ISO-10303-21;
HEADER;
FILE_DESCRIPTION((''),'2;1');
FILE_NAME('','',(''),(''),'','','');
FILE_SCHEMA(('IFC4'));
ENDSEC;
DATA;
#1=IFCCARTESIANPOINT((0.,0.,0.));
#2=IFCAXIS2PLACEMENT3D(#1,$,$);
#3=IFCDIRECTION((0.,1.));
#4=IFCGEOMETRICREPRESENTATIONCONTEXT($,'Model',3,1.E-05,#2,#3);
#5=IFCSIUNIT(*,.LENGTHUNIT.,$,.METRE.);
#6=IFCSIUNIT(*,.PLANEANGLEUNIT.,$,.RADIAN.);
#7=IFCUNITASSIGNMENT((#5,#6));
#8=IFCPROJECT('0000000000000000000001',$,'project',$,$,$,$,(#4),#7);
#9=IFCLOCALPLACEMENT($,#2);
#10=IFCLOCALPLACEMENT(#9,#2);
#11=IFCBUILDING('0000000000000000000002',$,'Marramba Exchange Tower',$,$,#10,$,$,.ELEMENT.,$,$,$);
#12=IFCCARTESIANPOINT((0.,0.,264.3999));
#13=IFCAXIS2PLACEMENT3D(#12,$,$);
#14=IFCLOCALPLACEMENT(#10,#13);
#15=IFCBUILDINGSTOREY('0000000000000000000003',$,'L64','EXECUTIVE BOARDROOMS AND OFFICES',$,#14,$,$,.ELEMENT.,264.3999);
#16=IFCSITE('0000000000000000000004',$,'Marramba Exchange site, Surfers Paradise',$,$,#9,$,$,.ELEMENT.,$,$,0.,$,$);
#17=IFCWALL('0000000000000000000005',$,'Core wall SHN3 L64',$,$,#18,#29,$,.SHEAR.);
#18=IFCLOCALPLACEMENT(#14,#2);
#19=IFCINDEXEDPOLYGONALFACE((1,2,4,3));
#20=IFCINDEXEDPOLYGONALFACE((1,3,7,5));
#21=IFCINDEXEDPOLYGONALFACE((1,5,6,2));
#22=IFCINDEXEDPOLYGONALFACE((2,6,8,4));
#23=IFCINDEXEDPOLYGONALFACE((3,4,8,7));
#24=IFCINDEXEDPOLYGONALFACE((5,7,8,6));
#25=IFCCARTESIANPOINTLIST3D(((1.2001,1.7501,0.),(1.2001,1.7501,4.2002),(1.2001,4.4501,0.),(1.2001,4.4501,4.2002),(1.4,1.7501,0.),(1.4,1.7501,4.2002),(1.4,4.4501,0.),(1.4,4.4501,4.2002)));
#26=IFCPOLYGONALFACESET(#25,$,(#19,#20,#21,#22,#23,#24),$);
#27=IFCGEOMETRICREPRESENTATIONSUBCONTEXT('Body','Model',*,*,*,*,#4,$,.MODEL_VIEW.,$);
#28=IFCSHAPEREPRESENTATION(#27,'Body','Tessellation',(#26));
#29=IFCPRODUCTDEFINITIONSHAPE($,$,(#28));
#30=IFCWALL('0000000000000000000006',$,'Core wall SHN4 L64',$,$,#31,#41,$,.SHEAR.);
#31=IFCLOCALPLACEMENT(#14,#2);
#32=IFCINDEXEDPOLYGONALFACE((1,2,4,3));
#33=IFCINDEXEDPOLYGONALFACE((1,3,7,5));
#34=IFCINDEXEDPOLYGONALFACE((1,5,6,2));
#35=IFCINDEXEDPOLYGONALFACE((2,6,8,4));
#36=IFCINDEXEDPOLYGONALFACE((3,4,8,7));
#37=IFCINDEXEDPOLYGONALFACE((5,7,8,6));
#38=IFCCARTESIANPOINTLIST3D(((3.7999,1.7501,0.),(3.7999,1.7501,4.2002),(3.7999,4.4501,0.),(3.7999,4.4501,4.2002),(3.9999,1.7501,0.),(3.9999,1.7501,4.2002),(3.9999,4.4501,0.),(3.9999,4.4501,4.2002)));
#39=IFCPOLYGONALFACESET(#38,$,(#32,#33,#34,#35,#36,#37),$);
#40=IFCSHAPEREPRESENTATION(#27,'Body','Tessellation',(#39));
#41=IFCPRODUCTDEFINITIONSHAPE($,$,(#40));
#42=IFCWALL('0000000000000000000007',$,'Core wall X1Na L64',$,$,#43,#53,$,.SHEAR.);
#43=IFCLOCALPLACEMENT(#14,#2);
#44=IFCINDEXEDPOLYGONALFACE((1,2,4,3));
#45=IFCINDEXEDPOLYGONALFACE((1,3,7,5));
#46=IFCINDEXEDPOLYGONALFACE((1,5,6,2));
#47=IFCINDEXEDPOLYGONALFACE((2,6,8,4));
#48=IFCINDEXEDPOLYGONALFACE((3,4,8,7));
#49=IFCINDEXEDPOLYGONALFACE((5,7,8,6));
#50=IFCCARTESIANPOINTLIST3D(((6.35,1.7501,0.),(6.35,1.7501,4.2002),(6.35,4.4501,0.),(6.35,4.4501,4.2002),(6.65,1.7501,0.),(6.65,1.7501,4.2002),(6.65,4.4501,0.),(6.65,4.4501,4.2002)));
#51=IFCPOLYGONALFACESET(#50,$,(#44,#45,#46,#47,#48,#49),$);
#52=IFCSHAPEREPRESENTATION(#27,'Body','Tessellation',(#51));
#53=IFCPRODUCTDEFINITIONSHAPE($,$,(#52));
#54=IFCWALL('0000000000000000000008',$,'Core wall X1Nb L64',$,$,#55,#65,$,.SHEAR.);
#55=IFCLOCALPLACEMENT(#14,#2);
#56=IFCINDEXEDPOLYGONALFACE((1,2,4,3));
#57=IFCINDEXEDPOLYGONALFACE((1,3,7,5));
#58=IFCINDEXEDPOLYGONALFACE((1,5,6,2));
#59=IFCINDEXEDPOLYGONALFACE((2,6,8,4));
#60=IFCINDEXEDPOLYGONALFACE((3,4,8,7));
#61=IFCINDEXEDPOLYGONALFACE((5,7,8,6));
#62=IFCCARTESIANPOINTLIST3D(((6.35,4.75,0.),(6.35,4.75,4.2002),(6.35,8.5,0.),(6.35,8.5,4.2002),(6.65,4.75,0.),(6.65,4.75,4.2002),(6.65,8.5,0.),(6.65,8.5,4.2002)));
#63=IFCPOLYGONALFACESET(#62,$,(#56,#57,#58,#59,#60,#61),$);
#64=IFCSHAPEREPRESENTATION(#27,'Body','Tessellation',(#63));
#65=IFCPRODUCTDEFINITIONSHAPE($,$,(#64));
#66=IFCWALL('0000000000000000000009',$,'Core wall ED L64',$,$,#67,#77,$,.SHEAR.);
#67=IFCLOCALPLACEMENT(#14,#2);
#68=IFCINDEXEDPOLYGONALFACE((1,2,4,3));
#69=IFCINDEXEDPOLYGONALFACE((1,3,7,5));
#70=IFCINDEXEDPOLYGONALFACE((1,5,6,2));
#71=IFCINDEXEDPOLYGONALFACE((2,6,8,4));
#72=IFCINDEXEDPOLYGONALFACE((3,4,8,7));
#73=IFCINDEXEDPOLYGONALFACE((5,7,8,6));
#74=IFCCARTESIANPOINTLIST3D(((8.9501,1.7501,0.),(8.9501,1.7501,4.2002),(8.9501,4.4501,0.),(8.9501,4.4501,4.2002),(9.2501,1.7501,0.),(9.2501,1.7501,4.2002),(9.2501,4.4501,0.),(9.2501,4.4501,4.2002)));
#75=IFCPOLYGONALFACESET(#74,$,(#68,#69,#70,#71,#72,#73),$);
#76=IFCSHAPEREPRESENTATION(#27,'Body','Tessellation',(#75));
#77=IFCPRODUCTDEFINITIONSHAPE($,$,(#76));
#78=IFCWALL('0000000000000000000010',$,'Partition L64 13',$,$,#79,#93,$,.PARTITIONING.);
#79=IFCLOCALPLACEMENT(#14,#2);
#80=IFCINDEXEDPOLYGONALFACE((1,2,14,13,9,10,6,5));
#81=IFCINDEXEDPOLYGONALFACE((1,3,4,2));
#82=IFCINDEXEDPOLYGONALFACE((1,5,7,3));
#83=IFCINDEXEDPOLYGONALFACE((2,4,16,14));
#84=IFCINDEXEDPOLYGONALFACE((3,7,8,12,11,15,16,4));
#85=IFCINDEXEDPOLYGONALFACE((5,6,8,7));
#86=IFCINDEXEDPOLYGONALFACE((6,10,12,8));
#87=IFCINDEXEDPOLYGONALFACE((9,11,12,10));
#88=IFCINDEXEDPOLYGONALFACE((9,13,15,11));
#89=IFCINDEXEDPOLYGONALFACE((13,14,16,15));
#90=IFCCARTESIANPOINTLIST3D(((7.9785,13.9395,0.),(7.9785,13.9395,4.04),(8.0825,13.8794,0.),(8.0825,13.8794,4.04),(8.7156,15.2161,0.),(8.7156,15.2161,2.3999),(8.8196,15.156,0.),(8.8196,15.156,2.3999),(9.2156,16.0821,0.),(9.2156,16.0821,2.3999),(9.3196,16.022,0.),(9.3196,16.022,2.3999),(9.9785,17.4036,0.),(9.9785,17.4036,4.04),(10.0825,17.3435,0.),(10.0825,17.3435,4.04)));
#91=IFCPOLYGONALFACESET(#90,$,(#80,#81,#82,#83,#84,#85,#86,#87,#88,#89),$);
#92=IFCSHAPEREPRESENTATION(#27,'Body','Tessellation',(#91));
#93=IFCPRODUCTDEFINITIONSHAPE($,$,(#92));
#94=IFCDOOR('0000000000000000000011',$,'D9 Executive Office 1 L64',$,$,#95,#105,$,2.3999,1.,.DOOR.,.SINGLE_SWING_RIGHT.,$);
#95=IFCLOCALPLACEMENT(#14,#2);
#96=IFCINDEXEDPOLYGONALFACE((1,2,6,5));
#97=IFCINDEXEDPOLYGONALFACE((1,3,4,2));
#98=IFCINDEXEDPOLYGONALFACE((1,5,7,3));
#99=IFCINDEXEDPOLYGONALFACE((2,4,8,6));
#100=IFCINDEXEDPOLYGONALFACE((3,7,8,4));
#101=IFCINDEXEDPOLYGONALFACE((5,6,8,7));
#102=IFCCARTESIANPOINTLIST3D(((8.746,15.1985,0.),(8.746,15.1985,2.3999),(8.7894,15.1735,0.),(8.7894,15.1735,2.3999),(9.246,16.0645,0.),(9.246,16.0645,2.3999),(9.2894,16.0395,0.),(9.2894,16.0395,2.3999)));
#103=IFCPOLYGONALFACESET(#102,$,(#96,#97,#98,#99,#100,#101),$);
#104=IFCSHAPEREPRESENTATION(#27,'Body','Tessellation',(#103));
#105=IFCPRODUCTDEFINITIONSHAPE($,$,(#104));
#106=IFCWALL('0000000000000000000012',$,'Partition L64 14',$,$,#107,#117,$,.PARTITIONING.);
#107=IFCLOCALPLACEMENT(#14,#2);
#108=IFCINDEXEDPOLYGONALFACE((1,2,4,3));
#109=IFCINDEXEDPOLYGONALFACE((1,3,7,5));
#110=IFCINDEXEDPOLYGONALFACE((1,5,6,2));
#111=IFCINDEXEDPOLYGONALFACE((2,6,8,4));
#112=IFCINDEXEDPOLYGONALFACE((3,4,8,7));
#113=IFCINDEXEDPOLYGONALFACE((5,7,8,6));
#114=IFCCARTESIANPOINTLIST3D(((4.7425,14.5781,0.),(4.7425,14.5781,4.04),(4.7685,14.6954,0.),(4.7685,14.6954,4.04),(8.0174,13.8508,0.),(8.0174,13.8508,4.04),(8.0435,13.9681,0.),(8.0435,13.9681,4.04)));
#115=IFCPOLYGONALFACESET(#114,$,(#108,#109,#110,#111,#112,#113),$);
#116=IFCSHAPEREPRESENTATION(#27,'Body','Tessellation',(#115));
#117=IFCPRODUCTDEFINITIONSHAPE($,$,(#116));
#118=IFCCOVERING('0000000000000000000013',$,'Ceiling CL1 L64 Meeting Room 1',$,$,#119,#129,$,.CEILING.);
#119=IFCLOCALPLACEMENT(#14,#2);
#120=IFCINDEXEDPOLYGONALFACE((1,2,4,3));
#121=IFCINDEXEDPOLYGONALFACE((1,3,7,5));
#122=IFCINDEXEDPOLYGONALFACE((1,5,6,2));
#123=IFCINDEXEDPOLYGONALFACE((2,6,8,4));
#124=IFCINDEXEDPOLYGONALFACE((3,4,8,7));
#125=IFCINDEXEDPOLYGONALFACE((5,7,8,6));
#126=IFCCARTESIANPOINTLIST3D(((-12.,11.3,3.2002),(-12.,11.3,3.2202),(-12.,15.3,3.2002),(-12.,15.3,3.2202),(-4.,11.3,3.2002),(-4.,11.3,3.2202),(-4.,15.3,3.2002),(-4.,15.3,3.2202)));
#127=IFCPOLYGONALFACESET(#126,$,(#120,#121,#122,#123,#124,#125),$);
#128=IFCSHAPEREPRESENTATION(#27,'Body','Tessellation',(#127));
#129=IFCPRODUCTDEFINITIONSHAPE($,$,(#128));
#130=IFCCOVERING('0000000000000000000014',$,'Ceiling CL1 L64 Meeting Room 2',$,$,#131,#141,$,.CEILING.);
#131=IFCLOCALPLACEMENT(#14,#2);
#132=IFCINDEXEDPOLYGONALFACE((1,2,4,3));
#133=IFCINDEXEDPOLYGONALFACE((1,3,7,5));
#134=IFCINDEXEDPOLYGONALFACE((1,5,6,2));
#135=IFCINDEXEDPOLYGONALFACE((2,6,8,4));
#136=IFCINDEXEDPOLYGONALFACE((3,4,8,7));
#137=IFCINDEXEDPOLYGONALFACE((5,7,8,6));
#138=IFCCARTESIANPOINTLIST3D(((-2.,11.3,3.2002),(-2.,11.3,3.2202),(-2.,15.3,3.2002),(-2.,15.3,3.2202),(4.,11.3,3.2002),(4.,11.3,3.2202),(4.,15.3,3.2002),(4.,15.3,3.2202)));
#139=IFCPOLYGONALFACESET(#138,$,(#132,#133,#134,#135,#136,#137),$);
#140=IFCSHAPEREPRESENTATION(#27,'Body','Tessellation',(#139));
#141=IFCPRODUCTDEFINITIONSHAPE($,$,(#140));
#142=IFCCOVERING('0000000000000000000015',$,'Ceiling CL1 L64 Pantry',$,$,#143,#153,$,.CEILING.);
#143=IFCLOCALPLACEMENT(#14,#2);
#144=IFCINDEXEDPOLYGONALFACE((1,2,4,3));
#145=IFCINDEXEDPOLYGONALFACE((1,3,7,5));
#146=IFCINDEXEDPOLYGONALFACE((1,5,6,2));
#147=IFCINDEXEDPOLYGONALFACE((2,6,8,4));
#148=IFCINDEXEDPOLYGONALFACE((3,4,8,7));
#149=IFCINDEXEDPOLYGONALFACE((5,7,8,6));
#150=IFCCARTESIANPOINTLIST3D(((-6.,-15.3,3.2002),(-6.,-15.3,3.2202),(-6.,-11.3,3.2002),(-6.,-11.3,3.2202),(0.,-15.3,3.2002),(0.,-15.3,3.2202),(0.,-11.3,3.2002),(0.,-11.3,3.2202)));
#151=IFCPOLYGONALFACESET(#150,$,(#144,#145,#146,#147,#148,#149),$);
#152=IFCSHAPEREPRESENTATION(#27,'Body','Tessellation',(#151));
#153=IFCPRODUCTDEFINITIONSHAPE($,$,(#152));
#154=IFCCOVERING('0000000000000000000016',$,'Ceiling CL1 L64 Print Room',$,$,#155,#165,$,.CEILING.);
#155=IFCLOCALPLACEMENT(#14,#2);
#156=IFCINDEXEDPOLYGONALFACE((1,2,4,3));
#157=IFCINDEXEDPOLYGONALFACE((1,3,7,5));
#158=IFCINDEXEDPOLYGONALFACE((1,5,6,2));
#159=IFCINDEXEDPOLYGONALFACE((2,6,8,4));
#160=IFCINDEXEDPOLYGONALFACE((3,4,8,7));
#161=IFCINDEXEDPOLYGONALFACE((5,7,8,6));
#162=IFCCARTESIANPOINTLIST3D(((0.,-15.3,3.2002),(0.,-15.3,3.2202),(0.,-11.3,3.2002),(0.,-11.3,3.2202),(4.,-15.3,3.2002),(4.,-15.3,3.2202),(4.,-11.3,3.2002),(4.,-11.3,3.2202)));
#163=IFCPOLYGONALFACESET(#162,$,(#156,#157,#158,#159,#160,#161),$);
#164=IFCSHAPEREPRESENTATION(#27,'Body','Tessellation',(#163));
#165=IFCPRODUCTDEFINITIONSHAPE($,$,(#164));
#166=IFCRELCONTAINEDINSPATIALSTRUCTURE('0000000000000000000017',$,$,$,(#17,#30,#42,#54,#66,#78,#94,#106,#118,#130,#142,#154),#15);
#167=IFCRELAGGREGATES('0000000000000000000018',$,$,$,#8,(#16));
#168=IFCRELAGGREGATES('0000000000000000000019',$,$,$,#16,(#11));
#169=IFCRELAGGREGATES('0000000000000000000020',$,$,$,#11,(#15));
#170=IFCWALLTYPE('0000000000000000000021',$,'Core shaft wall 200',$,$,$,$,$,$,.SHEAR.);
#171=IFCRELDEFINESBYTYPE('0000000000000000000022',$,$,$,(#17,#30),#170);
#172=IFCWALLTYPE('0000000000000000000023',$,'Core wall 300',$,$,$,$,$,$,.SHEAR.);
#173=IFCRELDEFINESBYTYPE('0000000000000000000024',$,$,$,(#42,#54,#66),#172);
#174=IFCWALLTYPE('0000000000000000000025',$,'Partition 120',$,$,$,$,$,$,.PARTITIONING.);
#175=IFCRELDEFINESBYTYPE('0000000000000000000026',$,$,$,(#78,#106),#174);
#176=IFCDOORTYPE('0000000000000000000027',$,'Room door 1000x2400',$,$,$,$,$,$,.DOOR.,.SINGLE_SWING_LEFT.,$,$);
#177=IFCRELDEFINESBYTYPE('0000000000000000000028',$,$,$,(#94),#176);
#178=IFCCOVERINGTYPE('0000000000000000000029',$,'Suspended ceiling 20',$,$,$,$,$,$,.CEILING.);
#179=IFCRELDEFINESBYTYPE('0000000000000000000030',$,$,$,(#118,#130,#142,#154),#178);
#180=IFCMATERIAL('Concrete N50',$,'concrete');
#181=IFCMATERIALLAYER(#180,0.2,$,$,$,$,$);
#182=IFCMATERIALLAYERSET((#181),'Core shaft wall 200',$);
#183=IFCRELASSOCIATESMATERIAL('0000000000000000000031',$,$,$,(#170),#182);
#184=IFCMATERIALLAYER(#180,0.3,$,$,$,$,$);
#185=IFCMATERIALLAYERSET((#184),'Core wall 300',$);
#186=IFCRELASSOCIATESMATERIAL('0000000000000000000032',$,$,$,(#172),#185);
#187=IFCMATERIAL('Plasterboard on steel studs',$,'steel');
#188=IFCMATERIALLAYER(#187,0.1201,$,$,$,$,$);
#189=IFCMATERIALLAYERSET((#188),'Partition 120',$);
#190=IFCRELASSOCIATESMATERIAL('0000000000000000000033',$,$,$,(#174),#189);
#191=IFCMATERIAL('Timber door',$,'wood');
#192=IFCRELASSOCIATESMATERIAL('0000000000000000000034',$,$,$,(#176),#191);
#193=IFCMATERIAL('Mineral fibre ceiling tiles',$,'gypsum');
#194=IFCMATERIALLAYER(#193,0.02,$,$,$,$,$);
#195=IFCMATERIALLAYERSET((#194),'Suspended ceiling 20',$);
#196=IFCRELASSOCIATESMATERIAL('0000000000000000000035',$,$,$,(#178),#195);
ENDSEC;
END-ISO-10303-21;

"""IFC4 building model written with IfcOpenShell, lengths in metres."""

from ifc_helpers import new_model, si_unit, direction, frame, frame_2d, origin, place, context, subcontext, project, spatial, polyline, rectangle, outline, extrude, material, layer, layer_set, type_object, element, fill, save


model = new_model("IFC4")

# Units and contexts
model_context = context("Model", 3, precision=1e-05, world=origin(), true_north=direction((0.0, 1.0)))
body_context = subcontext(model_context, "Body", "Model", "MODEL_VIEW")
ifc_project = project(units=[si_unit("LENGTHUNIT", "METRE"), si_unit("PLANEANGLEUNIT", "RADIAN")], contexts=[model_context])

# Site, building, storey
site_placement = place(None, origin())
site = spatial("IfcSite", under=ifc_project, at=site_placement, Name="Marramba Exchange site, Surfers Paradise", CompositionType="ELEMENT", RefElevation=0.0)
building_placement = place(site_placement, origin())
building = spatial("IfcBuilding", under=site, at=building_placement, Name="Marramba Exchange Tower", CompositionType="ELEMENT")
storey_placement = place(building_placement, frame((0.0, 0.0, 264.3999)))
storey = spatial("IfcBuildingStorey", under=building, at=storey_placement, Name="L64", Description="EXECUTIVE BOARDROOMS AND OFFICES", CompositionType="ELEMENT", Elevation=264.3999)

# Shared definitions
ifc_material_1 = material(Name="Concrete N50", Category="concrete")

# Shared definitions
ifc_material_2 = material(Name="Timber door", Category="wood")

# Walls
ifc_layer_1 = layer(ifc_material_1, 0.2)
ifc_layer_set_1 = layer_set([ifc_layer_1], Name="Core shaft wall 200")
wall_type_1 = type_object("IfcWallType", Name="Core shaft wall 200", PredefinedType="SHEAR", material=ifc_layer_set_1)
for number, where, z_axis, x_axis, name in (
    (1, (1.3, 1.75, 0.0), (0.0, 0.0, 1.0), (0.0, 1.0, 0.0), "Core wall SHN3 L64"),
    (2, (3.8999, 1.75, 0.0), (0.0, 0.0, 1.0), (0.0, 1.0, 0.0), "Core wall SHN4 L64"),
):
    element("IfcWall", number, at=place(storey_placement, frame(where, z_axis=z_axis, x_axis=x_axis)), inside=storey, type_object=wall_type_1, Name=name, PredefinedType="SHEAR", context=body_context, shape_type="SweptSolid", body=[
        extrude(rectangle(XDim=2.7, YDim=0.2, at=frame_2d((1.3501, 0.0))), origin(), (0.0, 0.0, 1.0), 4.2002),
    ])
ifc_layer_2 = layer(ifc_material_1, 0.3)
ifc_layer_set_2 = layer_set([ifc_layer_2], Name="Core wall 300")
wall_type_2 = type_object("IfcWallType", Name="Core wall 300", PredefinedType="SHEAR", material=ifc_layer_set_2)
wall_1_placement = place(storey_placement, frame((6.5, 1.75, 0.0), z_axis=(0.0, 0.0, 1.0), x_axis=(0.0, 1.0, 0.0)))
element("IfcWall", 3, at=wall_1_placement, inside=storey, type_object=wall_type_2, Name="Core wall X1Na L64", PredefinedType="SHEAR", context=body_context, shape_type="SweptSolid", body=[
    extrude(rectangle(XDim=2.7, YDim=0.3, at=frame_2d((1.3501, 0.0))), origin(), (0.0, 0.0, 1.0), 4.2002),
])
wall_2_placement = place(storey_placement, frame((6.5, 4.75, 0.0), z_axis=(0.0, 0.0, 1.0), x_axis=(0.0, 1.0, 0.0)))
element("IfcWall", 4, at=wall_2_placement, inside=storey, type_object=wall_type_2, Name="Core wall X1Nb L64", PredefinedType="SHEAR", context=body_context, shape_type="SweptSolid", body=[
    extrude(rectangle(XDim=3.75, YDim=0.3, at=frame_2d((1.875, 0.0))), origin(), (0.0, 0.0, 1.0), 4.2002),
])
wall_3_placement = place(storey_placement, frame((9.1001, 1.75, 0.0), z_axis=(0.0, 0.0, 1.0), x_axis=(0.0, 1.0, 0.0)))
element("IfcWall", 5, at=wall_3_placement, inside=storey, type_object=wall_type_2, Name="Core wall ED L64", PredefinedType="SHEAR", context=body_context, shape_type="SweptSolid", body=[
    extrude(rectangle(XDim=2.7, YDim=0.3, at=frame_2d((1.3501, 0.0))), origin(), (0.0, 0.0, 1.0), 4.2002),
])

# Wall, opening, door
ifc_material_3 = material(Name="Plasterboard on steel studs", Category="steel")
ifc_layer_3 = layer(ifc_material_3, 0.1201)
ifc_layer_set_3 = layer_set([ifc_layer_3], Name="Partition 120")
wall_type_3 = type_object("IfcWallType", Name="Partition 120", PredefinedType="PARTITIONING", material=ifc_layer_set_3)
wall_4_placement = place(storey_placement, frame((8.0305, 13.9094, 0.0), z_axis=(0.0, 0.0, 1.0), x_axis=(0.499999, 0.866026, 0.0)))
wall_4 = element("IfcWall", 6, at=wall_4_placement, inside=storey, type_object=wall_type_3, Name="Partition L64 13", PredefinedType="PARTITIONING", context=body_context, shape_type="SweptSolid", body=[
    extrude(rectangle(XDim=4.0, YDim=0.1201, at=frame_2d((2.0, 0.0))), origin(), (0.0, 0.0, 1.0), 4.04),
])
opening_1_placement = place(wall_4_placement, frame((1.4741, 0.0, 0.0)))
opening_1 = element("IfcOpeningElement", 7, at=opening_1_placement, cuts=wall_4, PredefinedType="OPENING", context=body_context, shape_type="SweptSolid", body=[
    extrude(rectangle(XDim=1.0, YDim=2.3999, at=frame_2d((0.5, 1.2))), frame((0.0, 0.0701, 0.0), z_axis=(0.0, -1.0, 0.0), x_axis=(1.0, 0.0, 0.0)), (0.0, 0.0, 1.0), 0.1401),
])
door_type_1 = type_object("IfcDoorType", Name="Room door 1000x2400", OperationType="SINGLE_SWING_LEFT", PredefinedType="DOOR", material=ifc_material_2)
door_1_placement = place(opening_1_placement, origin())
door_1 = element("IfcDoor", 8, at=door_1_placement, inside=storey, type_object=door_type_1, Name="D9 Executive Office 1 L64", OperationType="SINGLE_SWING_RIGHT", OverallHeight=2.3999, OverallWidth=1.0, PredefinedType="DOOR", context=body_context, shape_type="SweptSolid", body=[
    extrude(rectangle(XDim=1.0, YDim=2.3999, at=frame_2d((0.5, 1.2))), frame((0.0, 0.0249, 0.0), z_axis=(0.0, -1.0, 0.0), x_axis=(1.0, 0.0, 0.0)), (0.0, 0.0, 1.0), 0.05),
])
fill(opening_1, door_1)

# Wall
wall_5_placement = place(storey_placement, frame((4.7556, 14.6367, 0.0), z_axis=(0.0, 0.0, 1.0), x_axis=(0.976216, -0.216799, 0.0)))
element("IfcWall", 9, at=wall_5_placement, inside=storey, type_object=wall_type_3, Name="Partition L64 14", PredefinedType="PARTITIONING", context=body_context, shape_type="SweptSolid", body=[
    extrude(rectangle(XDim=3.3547, YDim=0.1201, at=frame_2d((1.6772, 0.0))), origin(), (0.0, 0.0, 1.0), 4.04),
])

# Coverings
ifc_material_4 = material(Name="Mineral fibre ceiling tiles", Category="gypsum")
ifc_layer_4 = layer(ifc_material_4, 0.02)
ifc_layer_set_4 = layer_set([ifc_layer_4], Name="Suspended ceiling 20")
covering_type = type_object("IfcCoveringType", Name="Suspended ceiling 20", PredefinedType="CEILING", material=ifc_layer_set_4)
covering_1_placement = place(storey_placement, frame((0.0, 0.0, 3.2002)))
element("IfcCovering", 10, at=covering_1_placement, inside=storey, type_object=covering_type, Name="Ceiling CL1 L64 Meeting Room 1", PredefinedType="CEILING", context=body_context, shape_type="SweptSolid", body=[
    extrude(outline(polyline([(-4.0, 11.3), (-12.0, 11.3), (-12.0, 15.3), (-4.0, 15.3), (-4.0, 11.3)])), origin(), (0.0, 0.0, 1.0), 0.02),
])
covering_2_placement = place(storey_placement, frame((0.0, 0.0, 3.2002)))
element("IfcCovering", 11, at=covering_2_placement, inside=storey, type_object=covering_type, Name="Ceiling CL1 L64 Meeting Room 2", PredefinedType="CEILING", context=body_context, shape_type="SweptSolid", body=[
    extrude(outline(polyline([(4.0, 11.3), (-2.0, 11.3), (-2.0, 15.3), (4.0, 15.3), (4.0, 11.3)])), origin(), (0.0, 0.0, 1.0), 0.02),
])
covering_3_placement = place(storey_placement, frame((0.0, 0.0, 3.2002)))
element("IfcCovering", 12, at=covering_3_placement, inside=storey, type_object=covering_type, Name="Ceiling CL1 L64 Pantry", PredefinedType="CEILING", context=body_context, shape_type="SweptSolid", body=[
    extrude(outline(polyline([(0.0, -15.3), (-6.0, -15.3), (-6.0, -11.3), (0.0, -11.3), (0.0, -15.3)])), origin(), (0.0, 0.0, 1.0), 0.02),
])
covering_4_placement = place(storey_placement, frame((0.0, 0.0, 3.2002)))
element("IfcCovering", 13, at=covering_4_placement, inside=storey, type_object=covering_type, Name="Ceiling CL1 L64 Print Room", PredefinedType="CEILING", context=body_context, shape_type="SweptSolid", body=[
    extrude(outline(polyline([(4.0, -15.3), (0.0, -15.3), (0.0, -11.3), (4.0, -11.3), (4.0, -15.3)])), origin(), (0.0, 0.0, 1.0), 0.02),
])

save(model, "model.ifc")
